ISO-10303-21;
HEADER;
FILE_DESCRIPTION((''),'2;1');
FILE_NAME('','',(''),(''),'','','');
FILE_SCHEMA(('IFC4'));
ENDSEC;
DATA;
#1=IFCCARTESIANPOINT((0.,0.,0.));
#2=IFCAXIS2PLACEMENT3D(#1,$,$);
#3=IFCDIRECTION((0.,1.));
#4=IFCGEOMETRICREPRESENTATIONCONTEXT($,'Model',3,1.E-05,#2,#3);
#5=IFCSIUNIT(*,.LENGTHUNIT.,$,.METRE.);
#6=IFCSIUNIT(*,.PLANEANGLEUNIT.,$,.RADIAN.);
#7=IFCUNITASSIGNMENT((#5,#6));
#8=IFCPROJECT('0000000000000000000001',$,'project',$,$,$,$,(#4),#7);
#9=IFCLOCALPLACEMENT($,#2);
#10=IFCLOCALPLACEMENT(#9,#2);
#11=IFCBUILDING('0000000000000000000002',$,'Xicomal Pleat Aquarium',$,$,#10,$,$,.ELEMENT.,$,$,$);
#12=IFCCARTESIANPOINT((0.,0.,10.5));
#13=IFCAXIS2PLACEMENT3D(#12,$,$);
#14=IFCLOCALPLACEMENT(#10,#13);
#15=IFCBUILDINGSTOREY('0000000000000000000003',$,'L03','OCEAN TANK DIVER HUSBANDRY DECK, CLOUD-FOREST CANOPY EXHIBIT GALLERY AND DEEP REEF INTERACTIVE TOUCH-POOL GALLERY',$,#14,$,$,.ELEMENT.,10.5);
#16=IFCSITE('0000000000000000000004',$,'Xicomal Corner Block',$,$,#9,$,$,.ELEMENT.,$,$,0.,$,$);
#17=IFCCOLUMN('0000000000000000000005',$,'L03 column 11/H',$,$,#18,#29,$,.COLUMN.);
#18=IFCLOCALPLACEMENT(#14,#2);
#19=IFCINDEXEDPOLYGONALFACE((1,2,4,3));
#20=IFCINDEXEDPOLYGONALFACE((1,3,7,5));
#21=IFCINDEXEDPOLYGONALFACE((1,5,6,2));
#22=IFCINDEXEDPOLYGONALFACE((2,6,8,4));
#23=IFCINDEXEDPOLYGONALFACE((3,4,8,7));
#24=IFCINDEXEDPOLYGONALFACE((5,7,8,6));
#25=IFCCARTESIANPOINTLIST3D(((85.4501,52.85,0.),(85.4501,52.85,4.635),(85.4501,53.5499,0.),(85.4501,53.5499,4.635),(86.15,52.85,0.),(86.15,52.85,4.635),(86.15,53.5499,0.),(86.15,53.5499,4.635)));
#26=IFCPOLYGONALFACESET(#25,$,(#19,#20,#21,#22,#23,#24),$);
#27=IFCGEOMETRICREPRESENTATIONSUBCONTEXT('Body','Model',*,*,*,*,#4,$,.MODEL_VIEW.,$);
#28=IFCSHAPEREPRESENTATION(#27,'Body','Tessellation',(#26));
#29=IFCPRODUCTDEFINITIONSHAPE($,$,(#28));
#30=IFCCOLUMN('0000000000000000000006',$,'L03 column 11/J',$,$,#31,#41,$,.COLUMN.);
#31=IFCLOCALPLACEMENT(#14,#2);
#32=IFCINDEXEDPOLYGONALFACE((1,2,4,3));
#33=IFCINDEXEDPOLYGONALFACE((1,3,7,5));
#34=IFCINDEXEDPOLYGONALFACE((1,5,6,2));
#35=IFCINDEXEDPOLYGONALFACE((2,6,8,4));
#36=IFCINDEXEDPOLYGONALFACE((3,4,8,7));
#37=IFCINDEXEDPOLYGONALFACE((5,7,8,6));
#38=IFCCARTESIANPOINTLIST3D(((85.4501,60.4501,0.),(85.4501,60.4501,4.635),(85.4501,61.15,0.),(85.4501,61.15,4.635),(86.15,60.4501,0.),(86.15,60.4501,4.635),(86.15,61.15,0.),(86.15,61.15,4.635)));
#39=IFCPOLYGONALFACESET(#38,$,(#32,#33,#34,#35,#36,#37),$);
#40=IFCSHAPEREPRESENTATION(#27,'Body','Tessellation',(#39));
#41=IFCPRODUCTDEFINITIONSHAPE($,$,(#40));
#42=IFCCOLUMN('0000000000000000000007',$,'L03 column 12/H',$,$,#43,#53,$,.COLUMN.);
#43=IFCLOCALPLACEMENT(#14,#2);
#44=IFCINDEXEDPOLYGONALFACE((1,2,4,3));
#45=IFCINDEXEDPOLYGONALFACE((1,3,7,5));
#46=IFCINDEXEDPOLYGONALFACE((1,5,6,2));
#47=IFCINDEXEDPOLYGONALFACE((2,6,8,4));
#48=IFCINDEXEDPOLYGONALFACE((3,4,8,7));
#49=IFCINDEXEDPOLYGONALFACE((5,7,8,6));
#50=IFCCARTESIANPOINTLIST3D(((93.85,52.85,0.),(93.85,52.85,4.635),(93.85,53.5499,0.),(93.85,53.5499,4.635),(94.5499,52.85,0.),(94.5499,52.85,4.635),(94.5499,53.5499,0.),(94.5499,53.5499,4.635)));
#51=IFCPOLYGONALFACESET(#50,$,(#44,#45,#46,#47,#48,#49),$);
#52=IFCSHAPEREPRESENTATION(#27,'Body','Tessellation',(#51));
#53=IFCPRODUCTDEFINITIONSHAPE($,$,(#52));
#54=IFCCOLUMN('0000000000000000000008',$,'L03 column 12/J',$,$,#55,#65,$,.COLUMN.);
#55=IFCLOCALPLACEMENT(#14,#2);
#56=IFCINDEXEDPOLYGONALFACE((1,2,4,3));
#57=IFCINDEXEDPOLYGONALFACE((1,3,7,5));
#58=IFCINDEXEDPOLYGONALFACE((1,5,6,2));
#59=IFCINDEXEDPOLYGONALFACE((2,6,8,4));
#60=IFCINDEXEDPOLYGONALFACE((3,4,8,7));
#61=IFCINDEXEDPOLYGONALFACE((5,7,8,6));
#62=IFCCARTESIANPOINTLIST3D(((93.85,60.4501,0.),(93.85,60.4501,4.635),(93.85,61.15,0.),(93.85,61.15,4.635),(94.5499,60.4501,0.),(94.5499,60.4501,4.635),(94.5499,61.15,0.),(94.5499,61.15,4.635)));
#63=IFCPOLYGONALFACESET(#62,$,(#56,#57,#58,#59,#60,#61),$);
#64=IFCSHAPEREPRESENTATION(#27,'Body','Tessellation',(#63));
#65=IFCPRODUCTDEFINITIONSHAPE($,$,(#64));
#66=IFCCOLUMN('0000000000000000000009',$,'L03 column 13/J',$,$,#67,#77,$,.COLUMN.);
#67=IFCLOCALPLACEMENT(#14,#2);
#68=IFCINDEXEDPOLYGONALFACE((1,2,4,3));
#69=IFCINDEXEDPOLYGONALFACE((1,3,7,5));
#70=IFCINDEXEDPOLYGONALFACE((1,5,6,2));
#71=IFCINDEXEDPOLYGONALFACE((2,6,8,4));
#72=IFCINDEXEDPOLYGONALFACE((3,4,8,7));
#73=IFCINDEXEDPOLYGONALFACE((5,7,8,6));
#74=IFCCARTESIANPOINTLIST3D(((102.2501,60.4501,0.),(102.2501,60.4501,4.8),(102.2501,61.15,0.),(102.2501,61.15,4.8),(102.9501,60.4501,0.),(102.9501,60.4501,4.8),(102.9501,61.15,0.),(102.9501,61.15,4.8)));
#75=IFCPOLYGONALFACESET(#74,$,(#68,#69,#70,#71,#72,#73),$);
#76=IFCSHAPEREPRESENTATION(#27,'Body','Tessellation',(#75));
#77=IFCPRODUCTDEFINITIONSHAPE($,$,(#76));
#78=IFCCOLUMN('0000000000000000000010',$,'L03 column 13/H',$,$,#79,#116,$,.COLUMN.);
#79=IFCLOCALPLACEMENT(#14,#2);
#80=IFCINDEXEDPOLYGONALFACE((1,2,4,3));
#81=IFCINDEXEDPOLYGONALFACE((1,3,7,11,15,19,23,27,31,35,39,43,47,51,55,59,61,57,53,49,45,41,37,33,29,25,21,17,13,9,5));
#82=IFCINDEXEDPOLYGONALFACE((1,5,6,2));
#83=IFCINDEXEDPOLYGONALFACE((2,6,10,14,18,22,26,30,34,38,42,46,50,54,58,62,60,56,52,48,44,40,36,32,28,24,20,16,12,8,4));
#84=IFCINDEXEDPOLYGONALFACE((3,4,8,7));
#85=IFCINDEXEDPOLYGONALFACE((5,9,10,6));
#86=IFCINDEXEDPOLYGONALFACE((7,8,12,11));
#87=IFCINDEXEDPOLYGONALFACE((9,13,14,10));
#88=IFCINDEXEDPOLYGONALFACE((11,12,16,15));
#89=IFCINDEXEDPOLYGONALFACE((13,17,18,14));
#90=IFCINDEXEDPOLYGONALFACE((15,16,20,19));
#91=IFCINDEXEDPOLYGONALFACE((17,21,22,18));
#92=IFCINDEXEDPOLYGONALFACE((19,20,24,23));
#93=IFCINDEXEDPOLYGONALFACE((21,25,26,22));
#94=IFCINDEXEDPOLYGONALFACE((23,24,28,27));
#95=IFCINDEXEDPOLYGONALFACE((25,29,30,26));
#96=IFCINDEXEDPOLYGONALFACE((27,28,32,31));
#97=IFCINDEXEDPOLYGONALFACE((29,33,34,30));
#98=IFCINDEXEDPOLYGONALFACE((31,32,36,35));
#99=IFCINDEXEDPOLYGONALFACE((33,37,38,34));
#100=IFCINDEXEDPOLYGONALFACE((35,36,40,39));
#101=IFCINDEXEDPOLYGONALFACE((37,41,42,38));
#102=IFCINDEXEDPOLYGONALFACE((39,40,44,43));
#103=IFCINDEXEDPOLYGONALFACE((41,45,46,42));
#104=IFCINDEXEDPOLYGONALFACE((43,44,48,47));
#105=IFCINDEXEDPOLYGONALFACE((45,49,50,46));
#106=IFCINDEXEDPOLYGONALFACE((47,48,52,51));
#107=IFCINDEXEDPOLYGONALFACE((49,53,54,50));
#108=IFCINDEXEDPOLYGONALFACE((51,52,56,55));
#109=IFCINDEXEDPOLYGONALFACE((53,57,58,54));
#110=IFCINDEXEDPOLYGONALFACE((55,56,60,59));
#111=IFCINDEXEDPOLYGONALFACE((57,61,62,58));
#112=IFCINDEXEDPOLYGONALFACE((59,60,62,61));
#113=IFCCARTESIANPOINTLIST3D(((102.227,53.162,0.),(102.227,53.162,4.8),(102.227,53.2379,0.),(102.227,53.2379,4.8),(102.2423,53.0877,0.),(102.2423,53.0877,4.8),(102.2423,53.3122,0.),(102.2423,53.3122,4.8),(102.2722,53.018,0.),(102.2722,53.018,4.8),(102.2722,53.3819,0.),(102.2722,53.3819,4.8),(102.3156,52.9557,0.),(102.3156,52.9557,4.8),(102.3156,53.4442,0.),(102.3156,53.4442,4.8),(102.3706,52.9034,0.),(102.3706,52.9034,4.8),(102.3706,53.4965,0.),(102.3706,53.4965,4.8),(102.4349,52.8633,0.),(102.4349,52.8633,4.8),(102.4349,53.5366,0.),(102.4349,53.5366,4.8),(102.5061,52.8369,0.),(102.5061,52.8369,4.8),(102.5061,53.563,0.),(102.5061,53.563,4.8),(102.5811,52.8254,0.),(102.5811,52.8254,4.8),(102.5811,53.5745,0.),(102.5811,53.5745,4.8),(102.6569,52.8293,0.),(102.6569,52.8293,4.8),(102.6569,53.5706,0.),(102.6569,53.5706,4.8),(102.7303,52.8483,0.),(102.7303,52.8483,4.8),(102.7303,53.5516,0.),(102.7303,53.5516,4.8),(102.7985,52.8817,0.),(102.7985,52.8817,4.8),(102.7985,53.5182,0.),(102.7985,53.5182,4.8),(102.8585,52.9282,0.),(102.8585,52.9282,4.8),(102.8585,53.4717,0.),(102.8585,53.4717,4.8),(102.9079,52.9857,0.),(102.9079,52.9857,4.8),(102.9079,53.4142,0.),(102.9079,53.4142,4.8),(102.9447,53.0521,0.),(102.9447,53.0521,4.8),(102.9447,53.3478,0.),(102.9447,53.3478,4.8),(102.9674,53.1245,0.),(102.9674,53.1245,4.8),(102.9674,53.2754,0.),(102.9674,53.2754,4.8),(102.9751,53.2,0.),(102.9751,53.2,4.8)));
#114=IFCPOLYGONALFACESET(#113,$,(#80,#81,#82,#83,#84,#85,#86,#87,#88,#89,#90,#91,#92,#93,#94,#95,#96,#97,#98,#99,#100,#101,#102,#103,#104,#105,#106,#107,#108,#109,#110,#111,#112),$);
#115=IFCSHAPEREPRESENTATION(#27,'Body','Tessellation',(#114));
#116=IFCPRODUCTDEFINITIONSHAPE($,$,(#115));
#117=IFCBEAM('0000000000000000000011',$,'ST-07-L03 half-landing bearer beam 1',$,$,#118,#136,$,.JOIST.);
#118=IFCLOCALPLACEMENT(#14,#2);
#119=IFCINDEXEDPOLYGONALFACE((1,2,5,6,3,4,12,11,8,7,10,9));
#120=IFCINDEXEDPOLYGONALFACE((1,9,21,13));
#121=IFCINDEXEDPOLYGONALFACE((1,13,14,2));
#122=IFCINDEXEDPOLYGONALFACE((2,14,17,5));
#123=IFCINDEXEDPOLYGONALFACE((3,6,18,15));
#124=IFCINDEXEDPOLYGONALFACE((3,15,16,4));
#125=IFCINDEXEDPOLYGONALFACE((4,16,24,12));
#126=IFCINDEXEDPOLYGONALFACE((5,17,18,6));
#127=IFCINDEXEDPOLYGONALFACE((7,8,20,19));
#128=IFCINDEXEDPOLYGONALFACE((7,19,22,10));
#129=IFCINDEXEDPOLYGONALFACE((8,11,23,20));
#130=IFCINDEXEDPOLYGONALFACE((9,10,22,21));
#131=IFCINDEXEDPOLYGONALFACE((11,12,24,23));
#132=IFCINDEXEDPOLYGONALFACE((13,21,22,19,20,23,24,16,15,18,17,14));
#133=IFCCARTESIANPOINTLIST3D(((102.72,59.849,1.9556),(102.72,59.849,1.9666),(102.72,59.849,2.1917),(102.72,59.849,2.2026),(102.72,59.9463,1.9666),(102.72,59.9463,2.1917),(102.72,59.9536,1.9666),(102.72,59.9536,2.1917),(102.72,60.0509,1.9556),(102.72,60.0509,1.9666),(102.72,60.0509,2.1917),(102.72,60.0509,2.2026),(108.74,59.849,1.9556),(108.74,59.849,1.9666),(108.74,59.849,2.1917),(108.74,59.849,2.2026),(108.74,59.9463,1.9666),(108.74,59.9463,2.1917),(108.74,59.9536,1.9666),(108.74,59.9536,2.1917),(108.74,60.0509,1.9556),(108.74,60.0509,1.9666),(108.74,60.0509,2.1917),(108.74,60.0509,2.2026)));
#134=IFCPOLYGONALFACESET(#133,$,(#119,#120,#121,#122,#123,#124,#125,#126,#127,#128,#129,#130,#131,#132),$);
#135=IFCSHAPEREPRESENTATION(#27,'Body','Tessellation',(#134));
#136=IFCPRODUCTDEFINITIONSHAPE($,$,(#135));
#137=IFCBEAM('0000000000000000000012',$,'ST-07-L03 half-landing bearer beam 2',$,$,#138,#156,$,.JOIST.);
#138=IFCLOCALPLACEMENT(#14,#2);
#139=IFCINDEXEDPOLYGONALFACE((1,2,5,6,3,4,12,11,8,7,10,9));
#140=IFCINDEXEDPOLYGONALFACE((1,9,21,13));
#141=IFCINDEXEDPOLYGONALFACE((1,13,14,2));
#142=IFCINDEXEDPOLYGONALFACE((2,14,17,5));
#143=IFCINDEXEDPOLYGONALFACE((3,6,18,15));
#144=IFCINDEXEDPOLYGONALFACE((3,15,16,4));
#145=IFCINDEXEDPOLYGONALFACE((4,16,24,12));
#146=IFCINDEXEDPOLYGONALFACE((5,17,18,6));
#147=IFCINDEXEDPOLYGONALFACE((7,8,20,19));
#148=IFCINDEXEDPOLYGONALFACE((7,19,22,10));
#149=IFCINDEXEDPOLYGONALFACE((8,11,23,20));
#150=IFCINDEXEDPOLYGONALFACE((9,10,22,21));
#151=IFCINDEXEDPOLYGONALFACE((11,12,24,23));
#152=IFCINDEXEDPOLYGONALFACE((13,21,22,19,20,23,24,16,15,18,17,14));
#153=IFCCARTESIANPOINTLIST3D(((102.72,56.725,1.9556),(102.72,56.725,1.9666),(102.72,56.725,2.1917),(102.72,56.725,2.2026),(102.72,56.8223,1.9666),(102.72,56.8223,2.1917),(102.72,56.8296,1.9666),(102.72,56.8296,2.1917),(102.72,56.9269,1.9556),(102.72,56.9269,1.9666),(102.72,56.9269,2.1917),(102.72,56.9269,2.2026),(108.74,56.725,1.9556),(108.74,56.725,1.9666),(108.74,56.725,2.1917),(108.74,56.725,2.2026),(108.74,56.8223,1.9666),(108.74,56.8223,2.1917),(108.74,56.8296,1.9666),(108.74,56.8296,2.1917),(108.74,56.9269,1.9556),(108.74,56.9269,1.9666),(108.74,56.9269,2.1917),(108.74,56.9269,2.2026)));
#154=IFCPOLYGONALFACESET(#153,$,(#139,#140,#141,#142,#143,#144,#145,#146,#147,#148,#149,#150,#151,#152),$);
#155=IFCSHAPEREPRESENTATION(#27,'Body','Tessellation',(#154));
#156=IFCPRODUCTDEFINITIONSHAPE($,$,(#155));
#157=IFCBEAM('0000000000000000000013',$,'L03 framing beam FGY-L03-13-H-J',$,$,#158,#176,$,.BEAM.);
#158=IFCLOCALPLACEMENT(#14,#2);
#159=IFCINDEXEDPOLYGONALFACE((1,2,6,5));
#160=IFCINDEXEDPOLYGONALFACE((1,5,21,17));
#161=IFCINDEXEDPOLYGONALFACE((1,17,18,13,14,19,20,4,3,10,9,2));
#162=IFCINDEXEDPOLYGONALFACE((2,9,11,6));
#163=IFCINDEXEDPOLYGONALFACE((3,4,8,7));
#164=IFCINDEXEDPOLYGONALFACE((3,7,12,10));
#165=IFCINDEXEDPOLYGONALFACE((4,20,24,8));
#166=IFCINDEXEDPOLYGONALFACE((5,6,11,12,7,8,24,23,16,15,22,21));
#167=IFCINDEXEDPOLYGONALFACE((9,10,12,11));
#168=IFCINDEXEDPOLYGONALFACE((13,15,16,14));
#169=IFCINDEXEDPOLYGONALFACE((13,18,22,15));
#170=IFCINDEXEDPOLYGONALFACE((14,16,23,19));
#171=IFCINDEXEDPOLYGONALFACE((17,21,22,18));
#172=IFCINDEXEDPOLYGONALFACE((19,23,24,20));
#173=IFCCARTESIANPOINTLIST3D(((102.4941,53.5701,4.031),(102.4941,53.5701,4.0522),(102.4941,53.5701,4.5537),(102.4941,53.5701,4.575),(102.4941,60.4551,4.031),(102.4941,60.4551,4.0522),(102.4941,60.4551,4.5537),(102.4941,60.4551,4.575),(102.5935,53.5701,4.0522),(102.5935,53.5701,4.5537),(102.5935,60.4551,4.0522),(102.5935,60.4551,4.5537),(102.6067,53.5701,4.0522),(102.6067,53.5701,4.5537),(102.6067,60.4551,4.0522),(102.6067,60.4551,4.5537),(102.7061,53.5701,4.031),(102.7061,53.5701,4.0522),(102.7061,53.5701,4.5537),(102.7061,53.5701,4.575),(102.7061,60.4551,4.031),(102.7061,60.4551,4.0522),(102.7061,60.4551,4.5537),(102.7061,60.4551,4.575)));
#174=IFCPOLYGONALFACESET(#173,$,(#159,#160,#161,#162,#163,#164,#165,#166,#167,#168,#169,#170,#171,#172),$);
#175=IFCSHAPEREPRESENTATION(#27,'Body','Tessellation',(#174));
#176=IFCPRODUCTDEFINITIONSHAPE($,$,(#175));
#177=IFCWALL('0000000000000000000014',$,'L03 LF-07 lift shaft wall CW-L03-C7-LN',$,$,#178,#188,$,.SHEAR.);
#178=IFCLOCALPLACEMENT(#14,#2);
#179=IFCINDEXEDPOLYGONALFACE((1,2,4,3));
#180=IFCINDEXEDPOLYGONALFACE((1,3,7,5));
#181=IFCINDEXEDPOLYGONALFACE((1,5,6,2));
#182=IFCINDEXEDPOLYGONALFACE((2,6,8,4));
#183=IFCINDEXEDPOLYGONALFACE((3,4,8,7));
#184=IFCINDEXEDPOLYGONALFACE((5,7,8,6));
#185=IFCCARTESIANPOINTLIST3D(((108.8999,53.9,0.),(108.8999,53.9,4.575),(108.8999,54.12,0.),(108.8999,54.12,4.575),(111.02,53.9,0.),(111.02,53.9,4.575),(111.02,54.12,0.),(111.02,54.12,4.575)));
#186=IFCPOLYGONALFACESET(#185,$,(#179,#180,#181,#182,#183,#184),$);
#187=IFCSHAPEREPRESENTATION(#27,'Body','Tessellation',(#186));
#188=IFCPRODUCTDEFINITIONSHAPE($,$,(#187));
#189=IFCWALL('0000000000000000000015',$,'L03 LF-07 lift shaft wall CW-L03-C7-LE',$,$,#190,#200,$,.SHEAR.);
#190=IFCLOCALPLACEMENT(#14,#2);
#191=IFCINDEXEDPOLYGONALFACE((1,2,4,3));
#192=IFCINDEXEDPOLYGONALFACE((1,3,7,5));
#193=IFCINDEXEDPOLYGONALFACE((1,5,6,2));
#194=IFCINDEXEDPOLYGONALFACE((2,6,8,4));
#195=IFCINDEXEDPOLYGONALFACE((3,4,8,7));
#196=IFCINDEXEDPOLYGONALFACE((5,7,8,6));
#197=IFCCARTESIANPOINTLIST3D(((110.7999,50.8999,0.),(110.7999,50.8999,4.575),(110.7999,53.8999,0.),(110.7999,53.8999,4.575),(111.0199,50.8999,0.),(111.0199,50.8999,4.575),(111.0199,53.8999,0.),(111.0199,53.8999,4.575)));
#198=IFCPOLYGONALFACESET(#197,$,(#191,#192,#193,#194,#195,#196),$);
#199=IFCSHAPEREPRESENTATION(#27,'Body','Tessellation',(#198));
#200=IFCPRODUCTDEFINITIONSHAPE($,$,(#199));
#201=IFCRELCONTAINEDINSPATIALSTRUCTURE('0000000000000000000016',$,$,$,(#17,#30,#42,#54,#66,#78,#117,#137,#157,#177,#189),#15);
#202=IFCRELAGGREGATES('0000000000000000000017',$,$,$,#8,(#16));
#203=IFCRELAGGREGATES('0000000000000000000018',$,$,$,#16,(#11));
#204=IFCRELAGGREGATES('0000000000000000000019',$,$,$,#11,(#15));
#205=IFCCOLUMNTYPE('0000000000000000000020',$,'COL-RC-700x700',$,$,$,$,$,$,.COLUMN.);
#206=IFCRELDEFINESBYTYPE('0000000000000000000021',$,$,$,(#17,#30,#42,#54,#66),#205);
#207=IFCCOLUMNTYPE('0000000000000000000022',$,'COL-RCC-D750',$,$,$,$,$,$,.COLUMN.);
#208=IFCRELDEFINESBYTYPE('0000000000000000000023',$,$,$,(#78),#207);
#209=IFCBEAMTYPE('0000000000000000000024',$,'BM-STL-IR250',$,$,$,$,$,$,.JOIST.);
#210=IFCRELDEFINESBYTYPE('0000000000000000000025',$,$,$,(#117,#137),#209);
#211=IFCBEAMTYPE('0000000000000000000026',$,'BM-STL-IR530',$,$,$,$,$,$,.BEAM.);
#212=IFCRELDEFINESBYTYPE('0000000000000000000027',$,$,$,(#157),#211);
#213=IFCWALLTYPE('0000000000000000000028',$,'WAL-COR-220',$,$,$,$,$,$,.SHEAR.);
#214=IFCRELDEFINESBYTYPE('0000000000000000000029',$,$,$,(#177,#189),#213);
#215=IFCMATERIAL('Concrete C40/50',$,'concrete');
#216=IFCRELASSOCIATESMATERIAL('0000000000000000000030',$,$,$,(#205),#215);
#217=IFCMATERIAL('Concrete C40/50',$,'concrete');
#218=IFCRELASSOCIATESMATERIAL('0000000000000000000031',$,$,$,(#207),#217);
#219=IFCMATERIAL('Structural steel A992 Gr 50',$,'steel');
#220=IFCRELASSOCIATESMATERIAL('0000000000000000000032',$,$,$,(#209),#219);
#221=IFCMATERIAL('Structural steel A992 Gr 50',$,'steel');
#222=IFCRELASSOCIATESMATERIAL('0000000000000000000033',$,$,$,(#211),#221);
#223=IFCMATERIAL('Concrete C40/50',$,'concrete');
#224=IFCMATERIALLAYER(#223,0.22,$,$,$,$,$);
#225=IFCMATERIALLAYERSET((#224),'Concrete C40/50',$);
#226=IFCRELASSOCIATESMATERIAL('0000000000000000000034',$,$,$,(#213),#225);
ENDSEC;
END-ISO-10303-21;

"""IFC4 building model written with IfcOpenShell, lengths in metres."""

from ifc_helpers import new_model, si_unit, direction, frame, frame_2d, origin, origin_2d, place, context, subcontext, project, spatial, rectangle, circle, i_section, extrude, material, layer, layer_set, material_profile, profile_set, type_object, element, save


model = new_model("IFC4")

# Units and contexts
model_context = context("Model", 3, precision=1e-05, world=origin(), true_north=direction((0.0, 1.0)))
body_context = subcontext(model_context, "Body", "Model", "MODEL_VIEW")
ifc_project = project(units=[si_unit("LENGTHUNIT", "METRE"), si_unit("PLANEANGLEUNIT", "RADIAN")], contexts=[model_context])

# Site, building, storey
site_placement = place(None, origin())
site = spatial("IfcSite", under=ifc_project, at=site_placement, Name="Xicomal Corner Block", CompositionType="ELEMENT", RefElevation=0.0)
building_placement = place(site_placement, origin())
building = spatial("IfcBuilding", under=site, at=building_placement, Name="Xicomal Pleat Aquarium", CompositionType="ELEMENT")
storey_placement = place(building_placement, frame((0.0, 0.0, 10.5)))
storey = spatial("IfcBuildingStorey", under=building, at=storey_placement, Name="L03", Description="OCEAN TANK DIVER HUSBANDRY DECK, CLOUD-FOREST CANOPY EXHIBIT GALLERY AND DEEP REEF INTERACTIVE TOUCH-POOL GALLERY", CompositionType="ELEMENT", Elevation=10.5)

# Columns
ifc_material_1 = material(Name="Concrete C40/50", Category="concrete")
ifc_material_profile_1 = material_profile(ifc_material_1, rectangle(XDim=0.7, YDim=0.7, at=origin_2d()), Name="RC 700x700")
ifc_profile_set_1 = profile_set([ifc_material_profile_1], Name="Concrete C40/50")
column_type_1 = type_object("IfcColumnType", Name="COL-RC-700x700", PredefinedType="COLUMN", material=ifc_profile_set_1)
for number, where, z_axis, x_axis, name in (
    (1, (85.8, 53.2, 0.0), (0.0, 0.0, 1.0), (1.0, 0.0, 0.0), "L03 column 11/H"),
    (2, (85.8, 60.8, 0.0), (0.0, 0.0, 1.0), (1.0, 0.0, 0.0), "L03 column 11/J"),
    (3, (94.2, 53.2, 0.0), (0.0, 0.0, 1.0), (1.0, 0.0, 0.0), "L03 column 12/H"),
    (4, (94.2, 60.8, 0.0), (0.0, 0.0, 1.0), (1.0, 0.0, 0.0), "L03 column 12/J"),
):
    element("IfcColumn", number, at=place(storey_placement, frame(where, z_axis=z_axis, x_axis=x_axis)), inside=storey, type_object=column_type_1, Name=name, PredefinedType="COLUMN", context=body_context, shape_type="SweptSolid", body=[
        extrude(rectangle(XDim=0.7, YDim=0.7, at=origin_2d()), origin(), (0.0, 0.0, 1.0), 4.635),
    ])
column_1_placement = place(storey_placement, frame((102.6001, 60.8, 0.0), z_axis=(0.0, 0.0, 1.0), x_axis=(1.0, 0.0, 0.0)))
element("IfcColumn", 5, at=column_1_placement, inside=storey, type_object=column_type_1, Name="L03 column 13/J", PredefinedType="COLUMN", context=body_context, shape_type="SweptSolid", body=[
    extrude(rectangle(XDim=0.7, YDim=0.7, at=origin_2d()), origin(), (0.0, 0.0, 1.0), 4.8),
])
ifc_material_2 = material(Name="Concrete C40/50", Category="concrete")
ifc_material_profile_2 = material_profile(ifc_material_2, circle(Radius=0.375, at=origin_2d()), Name="RCC D750")
ifc_profile_set_2 = profile_set([ifc_material_profile_2], Name="Concrete C40/50")
column_type_2 = type_object("IfcColumnType", Name="COL-RCC-D750", PredefinedType="COLUMN", material=ifc_profile_set_2)
column_2_placement = place(storey_placement, frame((102.6001, 53.2, 0.0), z_axis=(0.0, 0.0, 1.0), x_axis=(1.0, 0.0, 0.0)))
element("IfcColumn", 6, at=column_2_placement, inside=storey, type_object=column_type_2, Name="L03 column 13/H", PredefinedType="COLUMN", context=body_context, shape_type="SweptSolid", body=[
    extrude(circle(Radius=0.375, at=origin_2d()), origin(), (0.0, 0.0, 1.0), 4.8),
])

# Beams
ifc_material_3 = material(Name="Structural steel A992 Gr 50", Category="steel")
ifc_material_profile_3 = material_profile(ifc_material_3, i_section(OverallWidth=0.2019, OverallDepth=0.2471, WebThickness=0.0073, FlangeThickness=0.011, at=origin_2d()), Name="IR 250x49")
ifc_profile_set_3 = profile_set([ifc_material_profile_3], Name="Structural steel A992 Gr 50")
beam_type_1 = type_object("IfcBeamType", Name="BM-STL-IR250", PredefinedType="JOIST", material=ifc_profile_set_3)
for number, where, z_axis, x_axis, name in (
    (7, (102.72, 59.95, 2.0791), (1.0, 0.0, 0.0), (0.0, 1.0, 0.0), "ST-07-L03 half-landing bearer beam 1"),
    (8, (102.72, 56.8259, 2.0791), (1.0, 0.0, 0.0), (0.0, 1.0, 0.0), "ST-07-L03 half-landing bearer beam 2"),
):
    element("IfcBeam", number, at=place(storey_placement, frame(where, z_axis=z_axis, x_axis=x_axis)), inside=storey, type_object=beam_type_1, Name=name, PredefinedType="JOIST", context=body_context, shape_type="SweptSolid", body=[
        extrude(i_section(OverallWidth=0.2019, OverallDepth=0.2471, WebThickness=0.0073, FlangeThickness=0.011, at=origin_2d()), origin(), (0.0, 0.0, 1.0), 6.02),
    ])
ifc_material_4 = material(Name="Structural steel A992 Gr 50", Category="steel")
ifc_material_profile_4 = material_profile(ifc_material_4, i_section(OverallWidth=0.2119, OverallDepth=0.5439, WebThickness=0.0132, FlangeThickness=0.0212, at=origin_2d()), Name="IR 530x123")
ifc_profile_set_4 = profile_set([ifc_material_profile_4], Name="Structural steel A992 Gr 50")
beam_type_2 = type_object("IfcBeamType", Name="BM-STL-IR530", PredefinedType="BEAM", material=ifc_profile_set_4)
beam_placement = place(storey_placement, frame((102.6001, 53.5701, 4.303), z_axis=(0.0, 1.0, 0.0), x_axis=(-1.0, 0.0, 0.0)))
element("IfcBeam", 9, at=beam_placement, inside=storey, type_object=beam_type_2, Name="L03 framing beam FGY-L03-13-H-J", PredefinedType="BEAM", context=body_context, shape_type="SweptSolid", body=[
    extrude(i_section(OverallWidth=0.2119, OverallDepth=0.5439, WebThickness=0.0132, FlangeThickness=0.0212, at=origin_2d()), origin(), (0.0, 0.0, 1.0), 6.885),
])

# Shared definitions
ifc_material_5 = material(Name="Concrete C40/50", Category="concrete")
ifc_layer_1 = layer(ifc_material_5, 0.22)
ifc_layer_set_1 = layer_set([ifc_layer_1], Name="Concrete C40/50")
wall_type_1 = type_object("IfcWallType", Name="WAL-COR-220", PredefinedType="SHEAR", material=ifc_layer_set_1)

# Walls
wall_1_placement = place(storey_placement, frame((108.8999, 54.01, 0.0), z_axis=(0.0, 0.0, 1.0), x_axis=(1.0, 0.0, 0.0)))
element("IfcWall", 10, at=wall_1_placement, inside=storey, type_object=wall_type_1, Name="L03 LF-07 lift shaft wall CW-L03-C7-LN", PredefinedType="SHEAR", context=body_context, shape_type="SweptSolid", body=[
    extrude(rectangle(XDim=2.1201, YDim=0.22, at=frame_2d((1.0601, 0.0))), origin(), (0.0, 0.0, 1.0), 4.575),
])
wall_2_placement = place(storey_placement, frame((110.9099, 50.8999, 0.0), z_axis=(0.0, 0.0, 1.0), x_axis=(0.0, 1.0, 0.0)))
element("IfcWall", 11, at=wall_2_placement, inside=storey, type_object=wall_type_1, Name="L03 LF-07 lift shaft wall CW-L03-C7-LE", PredefinedType="SHEAR", context=body_context, shape_type="SweptSolid", body=[
    extrude(rectangle(XDim=3.0, YDim=0.22, at=frame_2d((1.5, 0.0))), origin(), (0.0, 0.0, 1.0), 4.575),
])

save(model, "model.ifc")
